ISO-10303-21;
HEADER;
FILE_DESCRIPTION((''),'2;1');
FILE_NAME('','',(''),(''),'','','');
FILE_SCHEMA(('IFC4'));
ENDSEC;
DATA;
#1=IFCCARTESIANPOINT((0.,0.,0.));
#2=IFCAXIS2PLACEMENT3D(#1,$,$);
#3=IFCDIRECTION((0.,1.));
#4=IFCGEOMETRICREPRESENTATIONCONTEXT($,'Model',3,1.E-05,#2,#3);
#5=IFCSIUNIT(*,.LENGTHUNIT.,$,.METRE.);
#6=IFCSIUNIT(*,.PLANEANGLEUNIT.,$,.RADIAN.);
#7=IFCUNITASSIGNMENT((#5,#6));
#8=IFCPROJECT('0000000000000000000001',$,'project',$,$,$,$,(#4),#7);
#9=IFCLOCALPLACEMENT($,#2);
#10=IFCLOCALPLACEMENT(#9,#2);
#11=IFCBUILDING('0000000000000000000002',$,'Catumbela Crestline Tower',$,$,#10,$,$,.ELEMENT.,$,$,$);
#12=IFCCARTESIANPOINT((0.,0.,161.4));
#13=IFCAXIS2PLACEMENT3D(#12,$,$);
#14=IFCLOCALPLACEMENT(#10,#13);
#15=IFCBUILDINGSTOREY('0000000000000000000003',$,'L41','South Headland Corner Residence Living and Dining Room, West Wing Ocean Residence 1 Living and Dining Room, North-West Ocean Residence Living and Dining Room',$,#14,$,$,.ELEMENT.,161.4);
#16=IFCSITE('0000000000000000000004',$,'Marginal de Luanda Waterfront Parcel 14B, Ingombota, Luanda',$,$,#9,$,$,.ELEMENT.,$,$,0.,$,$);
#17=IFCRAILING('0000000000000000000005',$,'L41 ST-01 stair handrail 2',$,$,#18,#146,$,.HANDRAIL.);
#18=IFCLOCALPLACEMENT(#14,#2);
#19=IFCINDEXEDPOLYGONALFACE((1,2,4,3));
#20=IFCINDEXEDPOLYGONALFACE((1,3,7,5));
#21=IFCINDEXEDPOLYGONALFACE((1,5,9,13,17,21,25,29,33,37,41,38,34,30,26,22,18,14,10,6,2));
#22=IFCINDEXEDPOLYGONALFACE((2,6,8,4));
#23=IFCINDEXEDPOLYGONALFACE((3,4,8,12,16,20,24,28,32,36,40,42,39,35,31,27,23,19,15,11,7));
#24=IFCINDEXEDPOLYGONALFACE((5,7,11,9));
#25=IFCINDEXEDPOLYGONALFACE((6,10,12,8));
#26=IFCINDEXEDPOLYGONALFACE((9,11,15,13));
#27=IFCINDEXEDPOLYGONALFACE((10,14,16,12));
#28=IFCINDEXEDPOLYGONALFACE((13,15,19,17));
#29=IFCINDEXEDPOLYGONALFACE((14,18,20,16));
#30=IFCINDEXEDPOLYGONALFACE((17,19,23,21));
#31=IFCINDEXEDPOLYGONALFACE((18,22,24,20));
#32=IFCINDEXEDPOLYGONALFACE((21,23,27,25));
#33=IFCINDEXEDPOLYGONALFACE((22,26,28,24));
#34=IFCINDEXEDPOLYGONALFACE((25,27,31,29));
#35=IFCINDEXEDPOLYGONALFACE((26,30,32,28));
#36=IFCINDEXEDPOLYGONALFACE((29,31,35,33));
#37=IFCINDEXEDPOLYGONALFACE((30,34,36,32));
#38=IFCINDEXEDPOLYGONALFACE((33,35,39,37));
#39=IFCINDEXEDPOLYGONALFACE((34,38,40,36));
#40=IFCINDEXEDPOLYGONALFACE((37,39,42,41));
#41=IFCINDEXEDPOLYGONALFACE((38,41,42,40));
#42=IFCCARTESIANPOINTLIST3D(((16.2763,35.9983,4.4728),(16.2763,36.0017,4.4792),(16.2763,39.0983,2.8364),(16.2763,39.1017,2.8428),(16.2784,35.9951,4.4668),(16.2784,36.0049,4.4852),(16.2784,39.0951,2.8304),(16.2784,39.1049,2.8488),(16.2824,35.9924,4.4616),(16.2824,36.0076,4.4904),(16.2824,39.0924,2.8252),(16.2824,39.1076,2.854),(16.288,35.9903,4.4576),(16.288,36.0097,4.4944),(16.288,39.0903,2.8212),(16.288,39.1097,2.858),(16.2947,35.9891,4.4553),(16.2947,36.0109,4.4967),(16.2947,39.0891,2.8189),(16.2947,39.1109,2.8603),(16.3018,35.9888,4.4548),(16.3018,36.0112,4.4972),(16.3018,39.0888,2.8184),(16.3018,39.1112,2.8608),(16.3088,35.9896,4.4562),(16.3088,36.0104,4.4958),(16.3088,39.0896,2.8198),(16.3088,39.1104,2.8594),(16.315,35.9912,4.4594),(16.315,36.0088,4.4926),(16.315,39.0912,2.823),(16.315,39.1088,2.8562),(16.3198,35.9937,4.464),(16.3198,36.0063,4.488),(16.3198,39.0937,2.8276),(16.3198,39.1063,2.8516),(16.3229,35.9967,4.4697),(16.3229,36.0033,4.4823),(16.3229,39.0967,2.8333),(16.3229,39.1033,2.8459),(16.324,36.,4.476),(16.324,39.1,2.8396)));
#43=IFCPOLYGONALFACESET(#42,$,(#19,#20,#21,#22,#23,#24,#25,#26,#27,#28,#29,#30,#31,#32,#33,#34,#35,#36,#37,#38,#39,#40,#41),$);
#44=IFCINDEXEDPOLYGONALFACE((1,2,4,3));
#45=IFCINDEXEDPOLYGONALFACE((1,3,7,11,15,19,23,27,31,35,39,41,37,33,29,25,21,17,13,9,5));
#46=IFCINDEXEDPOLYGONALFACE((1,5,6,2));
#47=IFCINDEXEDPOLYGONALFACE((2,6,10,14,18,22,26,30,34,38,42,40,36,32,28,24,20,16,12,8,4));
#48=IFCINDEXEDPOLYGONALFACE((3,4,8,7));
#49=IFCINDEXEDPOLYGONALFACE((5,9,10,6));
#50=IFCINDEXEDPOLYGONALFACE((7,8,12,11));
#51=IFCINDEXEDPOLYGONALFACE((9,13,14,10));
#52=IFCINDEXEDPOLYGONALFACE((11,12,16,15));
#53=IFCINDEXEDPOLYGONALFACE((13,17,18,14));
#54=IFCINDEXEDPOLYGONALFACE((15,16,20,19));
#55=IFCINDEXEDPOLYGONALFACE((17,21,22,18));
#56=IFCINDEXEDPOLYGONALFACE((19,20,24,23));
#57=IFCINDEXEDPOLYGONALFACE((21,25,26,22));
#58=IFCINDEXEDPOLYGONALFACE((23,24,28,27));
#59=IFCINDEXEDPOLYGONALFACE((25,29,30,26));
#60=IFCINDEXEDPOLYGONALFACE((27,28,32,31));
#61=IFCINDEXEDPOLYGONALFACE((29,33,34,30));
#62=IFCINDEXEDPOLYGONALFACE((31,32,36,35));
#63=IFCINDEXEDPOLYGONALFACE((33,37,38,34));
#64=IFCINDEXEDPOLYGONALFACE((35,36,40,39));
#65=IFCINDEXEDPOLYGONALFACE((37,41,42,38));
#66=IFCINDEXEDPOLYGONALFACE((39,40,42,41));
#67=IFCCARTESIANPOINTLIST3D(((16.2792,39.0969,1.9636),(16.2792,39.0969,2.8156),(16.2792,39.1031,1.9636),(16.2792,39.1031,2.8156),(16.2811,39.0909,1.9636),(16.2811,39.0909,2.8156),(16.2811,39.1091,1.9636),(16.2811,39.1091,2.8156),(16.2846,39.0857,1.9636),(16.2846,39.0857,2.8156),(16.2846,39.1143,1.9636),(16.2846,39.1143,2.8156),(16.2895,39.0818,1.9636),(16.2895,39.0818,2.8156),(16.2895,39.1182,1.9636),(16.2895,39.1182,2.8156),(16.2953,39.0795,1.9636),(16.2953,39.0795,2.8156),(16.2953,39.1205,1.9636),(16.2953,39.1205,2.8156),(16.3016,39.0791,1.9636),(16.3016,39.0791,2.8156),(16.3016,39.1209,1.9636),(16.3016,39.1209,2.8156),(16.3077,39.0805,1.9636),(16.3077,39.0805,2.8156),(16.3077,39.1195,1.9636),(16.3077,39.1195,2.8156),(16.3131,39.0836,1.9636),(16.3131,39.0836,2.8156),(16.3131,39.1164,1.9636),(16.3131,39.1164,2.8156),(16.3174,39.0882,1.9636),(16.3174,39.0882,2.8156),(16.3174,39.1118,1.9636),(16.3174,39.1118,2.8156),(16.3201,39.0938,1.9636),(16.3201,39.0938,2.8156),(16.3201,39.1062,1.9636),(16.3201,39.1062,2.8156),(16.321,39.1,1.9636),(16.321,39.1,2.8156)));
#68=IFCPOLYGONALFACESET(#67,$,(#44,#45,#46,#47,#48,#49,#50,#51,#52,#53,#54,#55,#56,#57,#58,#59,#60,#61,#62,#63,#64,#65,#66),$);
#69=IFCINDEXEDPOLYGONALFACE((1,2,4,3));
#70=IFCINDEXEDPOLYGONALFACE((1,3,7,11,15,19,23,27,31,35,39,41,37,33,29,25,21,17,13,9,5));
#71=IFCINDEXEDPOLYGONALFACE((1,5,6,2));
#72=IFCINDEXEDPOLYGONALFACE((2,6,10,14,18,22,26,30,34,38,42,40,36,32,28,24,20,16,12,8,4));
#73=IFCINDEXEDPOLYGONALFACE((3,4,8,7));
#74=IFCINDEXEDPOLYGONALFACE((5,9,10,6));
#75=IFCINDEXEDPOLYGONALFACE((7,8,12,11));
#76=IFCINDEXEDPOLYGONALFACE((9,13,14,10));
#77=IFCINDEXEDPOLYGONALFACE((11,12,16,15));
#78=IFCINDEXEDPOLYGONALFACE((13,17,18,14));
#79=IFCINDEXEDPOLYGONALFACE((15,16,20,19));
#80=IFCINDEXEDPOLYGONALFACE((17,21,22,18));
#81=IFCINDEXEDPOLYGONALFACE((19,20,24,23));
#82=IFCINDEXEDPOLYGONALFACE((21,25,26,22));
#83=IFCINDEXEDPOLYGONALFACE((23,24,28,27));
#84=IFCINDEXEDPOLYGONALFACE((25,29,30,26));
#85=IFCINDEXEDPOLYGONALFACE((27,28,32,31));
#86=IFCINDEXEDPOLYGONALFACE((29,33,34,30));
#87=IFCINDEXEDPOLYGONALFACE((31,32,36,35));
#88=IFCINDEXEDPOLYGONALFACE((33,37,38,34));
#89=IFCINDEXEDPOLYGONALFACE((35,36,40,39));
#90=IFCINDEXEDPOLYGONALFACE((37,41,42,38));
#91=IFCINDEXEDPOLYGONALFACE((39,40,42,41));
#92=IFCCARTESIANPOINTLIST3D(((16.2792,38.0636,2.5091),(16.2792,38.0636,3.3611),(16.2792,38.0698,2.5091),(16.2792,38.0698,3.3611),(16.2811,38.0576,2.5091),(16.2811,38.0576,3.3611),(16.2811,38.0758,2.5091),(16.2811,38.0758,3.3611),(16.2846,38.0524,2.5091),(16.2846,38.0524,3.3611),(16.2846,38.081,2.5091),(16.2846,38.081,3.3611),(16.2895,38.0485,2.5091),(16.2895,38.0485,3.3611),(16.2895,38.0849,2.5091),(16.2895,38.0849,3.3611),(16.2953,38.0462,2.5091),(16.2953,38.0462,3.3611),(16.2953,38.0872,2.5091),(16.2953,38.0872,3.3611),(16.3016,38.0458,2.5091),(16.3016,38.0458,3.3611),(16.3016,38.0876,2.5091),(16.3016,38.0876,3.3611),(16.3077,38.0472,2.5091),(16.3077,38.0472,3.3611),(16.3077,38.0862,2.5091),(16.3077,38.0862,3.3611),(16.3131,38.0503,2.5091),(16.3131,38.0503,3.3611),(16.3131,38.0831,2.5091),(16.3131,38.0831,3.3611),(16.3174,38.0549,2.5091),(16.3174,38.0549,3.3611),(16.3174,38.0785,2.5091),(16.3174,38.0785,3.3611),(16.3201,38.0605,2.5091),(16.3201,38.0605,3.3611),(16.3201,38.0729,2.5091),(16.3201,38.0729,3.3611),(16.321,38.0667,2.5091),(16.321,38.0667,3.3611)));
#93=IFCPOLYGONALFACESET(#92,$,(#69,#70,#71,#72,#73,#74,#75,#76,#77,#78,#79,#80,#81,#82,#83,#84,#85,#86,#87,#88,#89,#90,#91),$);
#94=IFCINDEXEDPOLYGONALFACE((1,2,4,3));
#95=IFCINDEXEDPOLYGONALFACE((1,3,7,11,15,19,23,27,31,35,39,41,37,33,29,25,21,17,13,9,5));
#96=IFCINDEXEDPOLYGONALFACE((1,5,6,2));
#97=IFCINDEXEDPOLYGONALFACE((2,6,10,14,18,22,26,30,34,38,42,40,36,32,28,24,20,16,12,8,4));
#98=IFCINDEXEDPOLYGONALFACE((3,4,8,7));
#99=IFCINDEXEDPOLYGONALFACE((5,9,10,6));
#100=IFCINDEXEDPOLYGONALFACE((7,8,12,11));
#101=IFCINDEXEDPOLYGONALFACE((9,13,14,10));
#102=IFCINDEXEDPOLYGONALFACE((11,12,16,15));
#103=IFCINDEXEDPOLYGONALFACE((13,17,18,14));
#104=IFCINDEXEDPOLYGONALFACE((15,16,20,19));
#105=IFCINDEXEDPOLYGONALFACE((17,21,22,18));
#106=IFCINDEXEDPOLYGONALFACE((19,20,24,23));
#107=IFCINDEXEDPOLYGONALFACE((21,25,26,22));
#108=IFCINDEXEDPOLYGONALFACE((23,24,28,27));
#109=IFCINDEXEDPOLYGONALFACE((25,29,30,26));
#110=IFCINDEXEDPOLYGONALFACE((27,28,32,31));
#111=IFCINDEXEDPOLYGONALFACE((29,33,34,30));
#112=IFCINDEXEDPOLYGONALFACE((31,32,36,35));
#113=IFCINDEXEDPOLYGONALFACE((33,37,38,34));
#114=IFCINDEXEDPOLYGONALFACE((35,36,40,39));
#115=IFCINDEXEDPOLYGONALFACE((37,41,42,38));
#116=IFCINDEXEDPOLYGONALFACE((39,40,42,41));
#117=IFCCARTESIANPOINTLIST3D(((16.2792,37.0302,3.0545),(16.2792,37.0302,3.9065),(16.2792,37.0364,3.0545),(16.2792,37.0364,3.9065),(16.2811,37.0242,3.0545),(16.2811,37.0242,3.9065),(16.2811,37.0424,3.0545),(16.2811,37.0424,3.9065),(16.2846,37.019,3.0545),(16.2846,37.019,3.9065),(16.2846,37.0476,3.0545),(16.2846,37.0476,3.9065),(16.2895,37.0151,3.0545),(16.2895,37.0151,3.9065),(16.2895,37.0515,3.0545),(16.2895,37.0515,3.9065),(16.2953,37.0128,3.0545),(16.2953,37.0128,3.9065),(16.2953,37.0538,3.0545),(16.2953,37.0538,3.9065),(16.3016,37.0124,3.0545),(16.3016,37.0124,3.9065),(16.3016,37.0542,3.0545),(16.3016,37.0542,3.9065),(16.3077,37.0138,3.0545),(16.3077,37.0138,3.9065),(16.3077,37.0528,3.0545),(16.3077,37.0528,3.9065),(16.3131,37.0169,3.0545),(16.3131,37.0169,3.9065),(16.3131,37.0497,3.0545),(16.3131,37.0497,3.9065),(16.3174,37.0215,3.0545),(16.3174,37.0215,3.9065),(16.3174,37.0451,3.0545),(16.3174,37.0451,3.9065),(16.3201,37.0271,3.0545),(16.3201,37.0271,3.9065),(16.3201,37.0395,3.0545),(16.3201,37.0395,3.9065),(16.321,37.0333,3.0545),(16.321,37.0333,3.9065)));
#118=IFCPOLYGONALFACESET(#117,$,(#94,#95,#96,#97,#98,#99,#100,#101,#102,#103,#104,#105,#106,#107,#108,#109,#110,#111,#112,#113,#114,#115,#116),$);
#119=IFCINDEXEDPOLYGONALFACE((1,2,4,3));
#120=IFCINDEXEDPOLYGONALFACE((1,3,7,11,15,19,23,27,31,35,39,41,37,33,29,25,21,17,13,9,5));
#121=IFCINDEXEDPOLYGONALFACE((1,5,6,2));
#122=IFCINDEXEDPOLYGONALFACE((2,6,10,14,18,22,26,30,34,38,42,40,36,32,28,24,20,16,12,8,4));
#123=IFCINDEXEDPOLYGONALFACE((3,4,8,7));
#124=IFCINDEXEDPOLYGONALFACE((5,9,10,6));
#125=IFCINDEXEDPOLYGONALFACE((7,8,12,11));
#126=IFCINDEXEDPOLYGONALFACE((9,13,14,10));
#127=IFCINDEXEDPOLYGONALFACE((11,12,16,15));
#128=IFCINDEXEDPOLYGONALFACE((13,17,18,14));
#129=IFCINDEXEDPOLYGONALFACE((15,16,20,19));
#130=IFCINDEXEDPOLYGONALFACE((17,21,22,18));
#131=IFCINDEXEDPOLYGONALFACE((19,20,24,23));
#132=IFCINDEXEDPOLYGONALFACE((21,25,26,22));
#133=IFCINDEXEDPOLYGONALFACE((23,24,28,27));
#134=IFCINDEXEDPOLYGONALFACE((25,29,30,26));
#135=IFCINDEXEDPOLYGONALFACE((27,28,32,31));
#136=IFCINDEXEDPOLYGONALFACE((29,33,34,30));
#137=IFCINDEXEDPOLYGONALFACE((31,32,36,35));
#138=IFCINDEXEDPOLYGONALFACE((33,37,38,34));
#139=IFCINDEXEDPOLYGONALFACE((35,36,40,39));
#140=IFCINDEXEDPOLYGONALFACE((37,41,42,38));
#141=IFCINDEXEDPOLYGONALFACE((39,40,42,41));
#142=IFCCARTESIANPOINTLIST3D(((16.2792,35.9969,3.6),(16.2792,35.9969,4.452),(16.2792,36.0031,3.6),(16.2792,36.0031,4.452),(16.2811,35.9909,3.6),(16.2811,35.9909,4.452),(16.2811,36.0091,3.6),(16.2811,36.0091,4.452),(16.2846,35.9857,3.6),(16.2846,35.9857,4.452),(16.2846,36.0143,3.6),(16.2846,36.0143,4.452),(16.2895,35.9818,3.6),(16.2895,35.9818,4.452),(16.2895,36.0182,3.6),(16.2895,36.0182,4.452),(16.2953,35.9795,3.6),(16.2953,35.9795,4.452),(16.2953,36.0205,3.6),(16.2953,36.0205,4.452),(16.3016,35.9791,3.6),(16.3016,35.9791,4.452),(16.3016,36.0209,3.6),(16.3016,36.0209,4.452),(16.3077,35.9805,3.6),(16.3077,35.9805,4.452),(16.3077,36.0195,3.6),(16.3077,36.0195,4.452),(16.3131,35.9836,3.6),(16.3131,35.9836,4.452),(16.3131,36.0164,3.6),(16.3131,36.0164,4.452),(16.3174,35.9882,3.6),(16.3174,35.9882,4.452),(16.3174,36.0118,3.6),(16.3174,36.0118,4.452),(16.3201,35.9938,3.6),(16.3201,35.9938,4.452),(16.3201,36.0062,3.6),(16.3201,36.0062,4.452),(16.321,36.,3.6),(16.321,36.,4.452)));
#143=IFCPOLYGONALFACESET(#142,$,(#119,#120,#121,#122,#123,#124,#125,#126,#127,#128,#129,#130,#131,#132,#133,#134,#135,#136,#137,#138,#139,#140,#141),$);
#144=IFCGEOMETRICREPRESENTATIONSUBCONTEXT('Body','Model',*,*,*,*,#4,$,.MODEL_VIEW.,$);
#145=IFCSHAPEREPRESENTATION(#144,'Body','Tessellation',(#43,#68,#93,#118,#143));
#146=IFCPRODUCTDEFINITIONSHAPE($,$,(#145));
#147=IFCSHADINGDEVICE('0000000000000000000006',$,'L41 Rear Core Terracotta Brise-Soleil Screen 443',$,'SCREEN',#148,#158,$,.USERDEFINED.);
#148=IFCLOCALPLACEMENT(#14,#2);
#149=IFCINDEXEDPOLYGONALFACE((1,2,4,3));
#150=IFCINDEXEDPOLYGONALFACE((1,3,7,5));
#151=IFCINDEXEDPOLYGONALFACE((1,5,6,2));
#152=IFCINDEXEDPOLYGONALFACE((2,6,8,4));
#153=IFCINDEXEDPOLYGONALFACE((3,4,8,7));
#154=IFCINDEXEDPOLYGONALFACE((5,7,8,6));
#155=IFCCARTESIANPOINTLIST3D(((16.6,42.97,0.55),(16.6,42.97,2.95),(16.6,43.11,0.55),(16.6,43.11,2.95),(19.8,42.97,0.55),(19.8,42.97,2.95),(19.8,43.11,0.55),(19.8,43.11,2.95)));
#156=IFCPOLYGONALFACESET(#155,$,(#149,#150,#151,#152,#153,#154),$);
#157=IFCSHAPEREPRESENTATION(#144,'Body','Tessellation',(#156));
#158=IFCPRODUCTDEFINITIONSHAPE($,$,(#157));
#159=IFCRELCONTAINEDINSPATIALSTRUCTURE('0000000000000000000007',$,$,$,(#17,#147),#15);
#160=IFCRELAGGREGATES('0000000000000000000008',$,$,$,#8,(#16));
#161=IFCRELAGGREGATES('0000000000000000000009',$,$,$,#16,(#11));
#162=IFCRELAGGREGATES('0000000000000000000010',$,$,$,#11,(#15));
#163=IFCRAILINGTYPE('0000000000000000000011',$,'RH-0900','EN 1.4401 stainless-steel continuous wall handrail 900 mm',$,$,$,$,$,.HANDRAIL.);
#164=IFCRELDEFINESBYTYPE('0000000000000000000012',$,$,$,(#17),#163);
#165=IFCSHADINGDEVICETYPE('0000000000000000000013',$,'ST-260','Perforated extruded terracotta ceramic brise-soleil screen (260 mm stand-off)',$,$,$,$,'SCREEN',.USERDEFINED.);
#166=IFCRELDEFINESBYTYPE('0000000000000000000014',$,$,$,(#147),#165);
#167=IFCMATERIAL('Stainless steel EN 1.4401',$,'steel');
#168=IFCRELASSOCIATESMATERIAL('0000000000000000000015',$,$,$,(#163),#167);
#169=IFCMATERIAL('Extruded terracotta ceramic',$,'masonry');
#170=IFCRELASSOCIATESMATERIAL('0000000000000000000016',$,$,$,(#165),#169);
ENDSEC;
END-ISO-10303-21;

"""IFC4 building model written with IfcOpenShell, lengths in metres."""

from ifc_helpers import new_model, si_unit, direction, frame, origin, origin_2d, place, context, subcontext, project, spatial, rectangle, circle, extrude, material, type_object, element, save


model = new_model("IFC4")

# Units and contexts
model_context = context("Model", 3, precision=1e-05, world=origin(), true_north=direction((0.0, 1.0)))
body_context = subcontext(model_context, "Body", "Model", "MODEL_VIEW")
ifc_project = project(units=[si_unit("LENGTHUNIT", "METRE"), si_unit("PLANEANGLEUNIT", "RADIAN")], contexts=[model_context])

# Site, building, storey
site_placement = place(None, origin())
site = spatial("IfcSite", under=ifc_project, at=site_placement, Name="Marginal de Luanda Waterfront Parcel 14B, Ingombota, Luanda", CompositionType="ELEMENT", RefElevation=0.0)
building_placement = place(site_placement, origin())
building = spatial("IfcBuilding", under=site, at=building_placement, Name="Catumbela Crestline Tower", CompositionType="ELEMENT")
storey_placement = place(building_placement, frame((0.0, 0.0, 161.4)))
storey = spatial("IfcBuildingStorey", under=building, at=storey_placement, Name="L41", Description="South Headland Corner Residence Living and Dining Room, West Wing Ocean Residence 1 Living and Dining Room, North-West Ocean Residence Living and Dining Room", CompositionType="ELEMENT", Elevation=161.4)

# Railing
ifc_material_1 = material(Name="Stainless steel EN 1.4401", Category="steel")
railing_type_1 = type_object("IfcRailingType", Name="RH-0900", Description="EN 1.4401 stainless-steel continuous wall handrail 900 mm", PredefinedType="HANDRAIL", material=ifc_material_1)
railing_1_placement = place(storey_placement, frame((16.3, 39.1, 1.9636)))
element("IfcRailing", 1, at=railing_1_placement, inside=storey, type_object=railing_type_1, Name="L41 ST-01 stair handrail 2", PredefinedType="HANDRAIL", context=body_context, shape_type="SweptSolid", body=[
    extrude(circle(Radius=0.024, at=origin_2d()), frame((0.0, 0.0, 0.876), z_axis=(0.0, -0.884351, 0.466823), x_axis=(1.0, 0.0, 0.0)), (0.0, 0.0, 1.0), 3.5054),
    extrude(circle(Radius=0.021, at=origin_2d()), origin(), (0.0, 0.0, 1.0), 0.852),
    extrude(circle(Radius=0.021, at=origin_2d()), frame((0.0, -1.0333, 0.5455)), (0.0, 0.0, 1.0), 0.852),
    extrude(circle(Radius=0.021, at=origin_2d()), frame((0.0, -2.0667, 1.0909)), (0.0, 0.0, 1.0), 0.852),
    extrude(circle(Radius=0.021, at=origin_2d()), frame((0.0, -3.1, 1.6364)), (0.0, 0.0, 1.0), 0.852),
])

# Shading device
ifc_material_2 = material(Name="Extruded terracotta ceramic", Category="masonry")
shading_device_type = type_object("IfcShadingDeviceType", Name="ST-260", Description="Perforated extruded terracotta ceramic brise-soleil screen (260 mm stand-off)", ElementType="SCREEN", PredefinedType="USERDEFINED", material=ifc_material_2)
shading_device_placement = place(storey_placement, frame((18.2, 43.04, 0.55), z_axis=(0.0, 0.0, 1.0), x_axis=(1.0, 0.0, 0.0)))
element("IfcShadingDevice", 2, at=shading_device_placement, inside=storey, type_object=shading_device_type, Name="L41 Rear Core Terracotta Brise-Soleil Screen 443", ObjectType="SCREEN", PredefinedType="USERDEFINED", context=body_context, shape_type="SweptSolid", body=[
    extrude(rectangle(XDim=3.2, YDim=0.14, at=origin_2d()), origin(), (0.0, 0.0, 1.0), 2.4),
])

save(model, "model.ifc")
